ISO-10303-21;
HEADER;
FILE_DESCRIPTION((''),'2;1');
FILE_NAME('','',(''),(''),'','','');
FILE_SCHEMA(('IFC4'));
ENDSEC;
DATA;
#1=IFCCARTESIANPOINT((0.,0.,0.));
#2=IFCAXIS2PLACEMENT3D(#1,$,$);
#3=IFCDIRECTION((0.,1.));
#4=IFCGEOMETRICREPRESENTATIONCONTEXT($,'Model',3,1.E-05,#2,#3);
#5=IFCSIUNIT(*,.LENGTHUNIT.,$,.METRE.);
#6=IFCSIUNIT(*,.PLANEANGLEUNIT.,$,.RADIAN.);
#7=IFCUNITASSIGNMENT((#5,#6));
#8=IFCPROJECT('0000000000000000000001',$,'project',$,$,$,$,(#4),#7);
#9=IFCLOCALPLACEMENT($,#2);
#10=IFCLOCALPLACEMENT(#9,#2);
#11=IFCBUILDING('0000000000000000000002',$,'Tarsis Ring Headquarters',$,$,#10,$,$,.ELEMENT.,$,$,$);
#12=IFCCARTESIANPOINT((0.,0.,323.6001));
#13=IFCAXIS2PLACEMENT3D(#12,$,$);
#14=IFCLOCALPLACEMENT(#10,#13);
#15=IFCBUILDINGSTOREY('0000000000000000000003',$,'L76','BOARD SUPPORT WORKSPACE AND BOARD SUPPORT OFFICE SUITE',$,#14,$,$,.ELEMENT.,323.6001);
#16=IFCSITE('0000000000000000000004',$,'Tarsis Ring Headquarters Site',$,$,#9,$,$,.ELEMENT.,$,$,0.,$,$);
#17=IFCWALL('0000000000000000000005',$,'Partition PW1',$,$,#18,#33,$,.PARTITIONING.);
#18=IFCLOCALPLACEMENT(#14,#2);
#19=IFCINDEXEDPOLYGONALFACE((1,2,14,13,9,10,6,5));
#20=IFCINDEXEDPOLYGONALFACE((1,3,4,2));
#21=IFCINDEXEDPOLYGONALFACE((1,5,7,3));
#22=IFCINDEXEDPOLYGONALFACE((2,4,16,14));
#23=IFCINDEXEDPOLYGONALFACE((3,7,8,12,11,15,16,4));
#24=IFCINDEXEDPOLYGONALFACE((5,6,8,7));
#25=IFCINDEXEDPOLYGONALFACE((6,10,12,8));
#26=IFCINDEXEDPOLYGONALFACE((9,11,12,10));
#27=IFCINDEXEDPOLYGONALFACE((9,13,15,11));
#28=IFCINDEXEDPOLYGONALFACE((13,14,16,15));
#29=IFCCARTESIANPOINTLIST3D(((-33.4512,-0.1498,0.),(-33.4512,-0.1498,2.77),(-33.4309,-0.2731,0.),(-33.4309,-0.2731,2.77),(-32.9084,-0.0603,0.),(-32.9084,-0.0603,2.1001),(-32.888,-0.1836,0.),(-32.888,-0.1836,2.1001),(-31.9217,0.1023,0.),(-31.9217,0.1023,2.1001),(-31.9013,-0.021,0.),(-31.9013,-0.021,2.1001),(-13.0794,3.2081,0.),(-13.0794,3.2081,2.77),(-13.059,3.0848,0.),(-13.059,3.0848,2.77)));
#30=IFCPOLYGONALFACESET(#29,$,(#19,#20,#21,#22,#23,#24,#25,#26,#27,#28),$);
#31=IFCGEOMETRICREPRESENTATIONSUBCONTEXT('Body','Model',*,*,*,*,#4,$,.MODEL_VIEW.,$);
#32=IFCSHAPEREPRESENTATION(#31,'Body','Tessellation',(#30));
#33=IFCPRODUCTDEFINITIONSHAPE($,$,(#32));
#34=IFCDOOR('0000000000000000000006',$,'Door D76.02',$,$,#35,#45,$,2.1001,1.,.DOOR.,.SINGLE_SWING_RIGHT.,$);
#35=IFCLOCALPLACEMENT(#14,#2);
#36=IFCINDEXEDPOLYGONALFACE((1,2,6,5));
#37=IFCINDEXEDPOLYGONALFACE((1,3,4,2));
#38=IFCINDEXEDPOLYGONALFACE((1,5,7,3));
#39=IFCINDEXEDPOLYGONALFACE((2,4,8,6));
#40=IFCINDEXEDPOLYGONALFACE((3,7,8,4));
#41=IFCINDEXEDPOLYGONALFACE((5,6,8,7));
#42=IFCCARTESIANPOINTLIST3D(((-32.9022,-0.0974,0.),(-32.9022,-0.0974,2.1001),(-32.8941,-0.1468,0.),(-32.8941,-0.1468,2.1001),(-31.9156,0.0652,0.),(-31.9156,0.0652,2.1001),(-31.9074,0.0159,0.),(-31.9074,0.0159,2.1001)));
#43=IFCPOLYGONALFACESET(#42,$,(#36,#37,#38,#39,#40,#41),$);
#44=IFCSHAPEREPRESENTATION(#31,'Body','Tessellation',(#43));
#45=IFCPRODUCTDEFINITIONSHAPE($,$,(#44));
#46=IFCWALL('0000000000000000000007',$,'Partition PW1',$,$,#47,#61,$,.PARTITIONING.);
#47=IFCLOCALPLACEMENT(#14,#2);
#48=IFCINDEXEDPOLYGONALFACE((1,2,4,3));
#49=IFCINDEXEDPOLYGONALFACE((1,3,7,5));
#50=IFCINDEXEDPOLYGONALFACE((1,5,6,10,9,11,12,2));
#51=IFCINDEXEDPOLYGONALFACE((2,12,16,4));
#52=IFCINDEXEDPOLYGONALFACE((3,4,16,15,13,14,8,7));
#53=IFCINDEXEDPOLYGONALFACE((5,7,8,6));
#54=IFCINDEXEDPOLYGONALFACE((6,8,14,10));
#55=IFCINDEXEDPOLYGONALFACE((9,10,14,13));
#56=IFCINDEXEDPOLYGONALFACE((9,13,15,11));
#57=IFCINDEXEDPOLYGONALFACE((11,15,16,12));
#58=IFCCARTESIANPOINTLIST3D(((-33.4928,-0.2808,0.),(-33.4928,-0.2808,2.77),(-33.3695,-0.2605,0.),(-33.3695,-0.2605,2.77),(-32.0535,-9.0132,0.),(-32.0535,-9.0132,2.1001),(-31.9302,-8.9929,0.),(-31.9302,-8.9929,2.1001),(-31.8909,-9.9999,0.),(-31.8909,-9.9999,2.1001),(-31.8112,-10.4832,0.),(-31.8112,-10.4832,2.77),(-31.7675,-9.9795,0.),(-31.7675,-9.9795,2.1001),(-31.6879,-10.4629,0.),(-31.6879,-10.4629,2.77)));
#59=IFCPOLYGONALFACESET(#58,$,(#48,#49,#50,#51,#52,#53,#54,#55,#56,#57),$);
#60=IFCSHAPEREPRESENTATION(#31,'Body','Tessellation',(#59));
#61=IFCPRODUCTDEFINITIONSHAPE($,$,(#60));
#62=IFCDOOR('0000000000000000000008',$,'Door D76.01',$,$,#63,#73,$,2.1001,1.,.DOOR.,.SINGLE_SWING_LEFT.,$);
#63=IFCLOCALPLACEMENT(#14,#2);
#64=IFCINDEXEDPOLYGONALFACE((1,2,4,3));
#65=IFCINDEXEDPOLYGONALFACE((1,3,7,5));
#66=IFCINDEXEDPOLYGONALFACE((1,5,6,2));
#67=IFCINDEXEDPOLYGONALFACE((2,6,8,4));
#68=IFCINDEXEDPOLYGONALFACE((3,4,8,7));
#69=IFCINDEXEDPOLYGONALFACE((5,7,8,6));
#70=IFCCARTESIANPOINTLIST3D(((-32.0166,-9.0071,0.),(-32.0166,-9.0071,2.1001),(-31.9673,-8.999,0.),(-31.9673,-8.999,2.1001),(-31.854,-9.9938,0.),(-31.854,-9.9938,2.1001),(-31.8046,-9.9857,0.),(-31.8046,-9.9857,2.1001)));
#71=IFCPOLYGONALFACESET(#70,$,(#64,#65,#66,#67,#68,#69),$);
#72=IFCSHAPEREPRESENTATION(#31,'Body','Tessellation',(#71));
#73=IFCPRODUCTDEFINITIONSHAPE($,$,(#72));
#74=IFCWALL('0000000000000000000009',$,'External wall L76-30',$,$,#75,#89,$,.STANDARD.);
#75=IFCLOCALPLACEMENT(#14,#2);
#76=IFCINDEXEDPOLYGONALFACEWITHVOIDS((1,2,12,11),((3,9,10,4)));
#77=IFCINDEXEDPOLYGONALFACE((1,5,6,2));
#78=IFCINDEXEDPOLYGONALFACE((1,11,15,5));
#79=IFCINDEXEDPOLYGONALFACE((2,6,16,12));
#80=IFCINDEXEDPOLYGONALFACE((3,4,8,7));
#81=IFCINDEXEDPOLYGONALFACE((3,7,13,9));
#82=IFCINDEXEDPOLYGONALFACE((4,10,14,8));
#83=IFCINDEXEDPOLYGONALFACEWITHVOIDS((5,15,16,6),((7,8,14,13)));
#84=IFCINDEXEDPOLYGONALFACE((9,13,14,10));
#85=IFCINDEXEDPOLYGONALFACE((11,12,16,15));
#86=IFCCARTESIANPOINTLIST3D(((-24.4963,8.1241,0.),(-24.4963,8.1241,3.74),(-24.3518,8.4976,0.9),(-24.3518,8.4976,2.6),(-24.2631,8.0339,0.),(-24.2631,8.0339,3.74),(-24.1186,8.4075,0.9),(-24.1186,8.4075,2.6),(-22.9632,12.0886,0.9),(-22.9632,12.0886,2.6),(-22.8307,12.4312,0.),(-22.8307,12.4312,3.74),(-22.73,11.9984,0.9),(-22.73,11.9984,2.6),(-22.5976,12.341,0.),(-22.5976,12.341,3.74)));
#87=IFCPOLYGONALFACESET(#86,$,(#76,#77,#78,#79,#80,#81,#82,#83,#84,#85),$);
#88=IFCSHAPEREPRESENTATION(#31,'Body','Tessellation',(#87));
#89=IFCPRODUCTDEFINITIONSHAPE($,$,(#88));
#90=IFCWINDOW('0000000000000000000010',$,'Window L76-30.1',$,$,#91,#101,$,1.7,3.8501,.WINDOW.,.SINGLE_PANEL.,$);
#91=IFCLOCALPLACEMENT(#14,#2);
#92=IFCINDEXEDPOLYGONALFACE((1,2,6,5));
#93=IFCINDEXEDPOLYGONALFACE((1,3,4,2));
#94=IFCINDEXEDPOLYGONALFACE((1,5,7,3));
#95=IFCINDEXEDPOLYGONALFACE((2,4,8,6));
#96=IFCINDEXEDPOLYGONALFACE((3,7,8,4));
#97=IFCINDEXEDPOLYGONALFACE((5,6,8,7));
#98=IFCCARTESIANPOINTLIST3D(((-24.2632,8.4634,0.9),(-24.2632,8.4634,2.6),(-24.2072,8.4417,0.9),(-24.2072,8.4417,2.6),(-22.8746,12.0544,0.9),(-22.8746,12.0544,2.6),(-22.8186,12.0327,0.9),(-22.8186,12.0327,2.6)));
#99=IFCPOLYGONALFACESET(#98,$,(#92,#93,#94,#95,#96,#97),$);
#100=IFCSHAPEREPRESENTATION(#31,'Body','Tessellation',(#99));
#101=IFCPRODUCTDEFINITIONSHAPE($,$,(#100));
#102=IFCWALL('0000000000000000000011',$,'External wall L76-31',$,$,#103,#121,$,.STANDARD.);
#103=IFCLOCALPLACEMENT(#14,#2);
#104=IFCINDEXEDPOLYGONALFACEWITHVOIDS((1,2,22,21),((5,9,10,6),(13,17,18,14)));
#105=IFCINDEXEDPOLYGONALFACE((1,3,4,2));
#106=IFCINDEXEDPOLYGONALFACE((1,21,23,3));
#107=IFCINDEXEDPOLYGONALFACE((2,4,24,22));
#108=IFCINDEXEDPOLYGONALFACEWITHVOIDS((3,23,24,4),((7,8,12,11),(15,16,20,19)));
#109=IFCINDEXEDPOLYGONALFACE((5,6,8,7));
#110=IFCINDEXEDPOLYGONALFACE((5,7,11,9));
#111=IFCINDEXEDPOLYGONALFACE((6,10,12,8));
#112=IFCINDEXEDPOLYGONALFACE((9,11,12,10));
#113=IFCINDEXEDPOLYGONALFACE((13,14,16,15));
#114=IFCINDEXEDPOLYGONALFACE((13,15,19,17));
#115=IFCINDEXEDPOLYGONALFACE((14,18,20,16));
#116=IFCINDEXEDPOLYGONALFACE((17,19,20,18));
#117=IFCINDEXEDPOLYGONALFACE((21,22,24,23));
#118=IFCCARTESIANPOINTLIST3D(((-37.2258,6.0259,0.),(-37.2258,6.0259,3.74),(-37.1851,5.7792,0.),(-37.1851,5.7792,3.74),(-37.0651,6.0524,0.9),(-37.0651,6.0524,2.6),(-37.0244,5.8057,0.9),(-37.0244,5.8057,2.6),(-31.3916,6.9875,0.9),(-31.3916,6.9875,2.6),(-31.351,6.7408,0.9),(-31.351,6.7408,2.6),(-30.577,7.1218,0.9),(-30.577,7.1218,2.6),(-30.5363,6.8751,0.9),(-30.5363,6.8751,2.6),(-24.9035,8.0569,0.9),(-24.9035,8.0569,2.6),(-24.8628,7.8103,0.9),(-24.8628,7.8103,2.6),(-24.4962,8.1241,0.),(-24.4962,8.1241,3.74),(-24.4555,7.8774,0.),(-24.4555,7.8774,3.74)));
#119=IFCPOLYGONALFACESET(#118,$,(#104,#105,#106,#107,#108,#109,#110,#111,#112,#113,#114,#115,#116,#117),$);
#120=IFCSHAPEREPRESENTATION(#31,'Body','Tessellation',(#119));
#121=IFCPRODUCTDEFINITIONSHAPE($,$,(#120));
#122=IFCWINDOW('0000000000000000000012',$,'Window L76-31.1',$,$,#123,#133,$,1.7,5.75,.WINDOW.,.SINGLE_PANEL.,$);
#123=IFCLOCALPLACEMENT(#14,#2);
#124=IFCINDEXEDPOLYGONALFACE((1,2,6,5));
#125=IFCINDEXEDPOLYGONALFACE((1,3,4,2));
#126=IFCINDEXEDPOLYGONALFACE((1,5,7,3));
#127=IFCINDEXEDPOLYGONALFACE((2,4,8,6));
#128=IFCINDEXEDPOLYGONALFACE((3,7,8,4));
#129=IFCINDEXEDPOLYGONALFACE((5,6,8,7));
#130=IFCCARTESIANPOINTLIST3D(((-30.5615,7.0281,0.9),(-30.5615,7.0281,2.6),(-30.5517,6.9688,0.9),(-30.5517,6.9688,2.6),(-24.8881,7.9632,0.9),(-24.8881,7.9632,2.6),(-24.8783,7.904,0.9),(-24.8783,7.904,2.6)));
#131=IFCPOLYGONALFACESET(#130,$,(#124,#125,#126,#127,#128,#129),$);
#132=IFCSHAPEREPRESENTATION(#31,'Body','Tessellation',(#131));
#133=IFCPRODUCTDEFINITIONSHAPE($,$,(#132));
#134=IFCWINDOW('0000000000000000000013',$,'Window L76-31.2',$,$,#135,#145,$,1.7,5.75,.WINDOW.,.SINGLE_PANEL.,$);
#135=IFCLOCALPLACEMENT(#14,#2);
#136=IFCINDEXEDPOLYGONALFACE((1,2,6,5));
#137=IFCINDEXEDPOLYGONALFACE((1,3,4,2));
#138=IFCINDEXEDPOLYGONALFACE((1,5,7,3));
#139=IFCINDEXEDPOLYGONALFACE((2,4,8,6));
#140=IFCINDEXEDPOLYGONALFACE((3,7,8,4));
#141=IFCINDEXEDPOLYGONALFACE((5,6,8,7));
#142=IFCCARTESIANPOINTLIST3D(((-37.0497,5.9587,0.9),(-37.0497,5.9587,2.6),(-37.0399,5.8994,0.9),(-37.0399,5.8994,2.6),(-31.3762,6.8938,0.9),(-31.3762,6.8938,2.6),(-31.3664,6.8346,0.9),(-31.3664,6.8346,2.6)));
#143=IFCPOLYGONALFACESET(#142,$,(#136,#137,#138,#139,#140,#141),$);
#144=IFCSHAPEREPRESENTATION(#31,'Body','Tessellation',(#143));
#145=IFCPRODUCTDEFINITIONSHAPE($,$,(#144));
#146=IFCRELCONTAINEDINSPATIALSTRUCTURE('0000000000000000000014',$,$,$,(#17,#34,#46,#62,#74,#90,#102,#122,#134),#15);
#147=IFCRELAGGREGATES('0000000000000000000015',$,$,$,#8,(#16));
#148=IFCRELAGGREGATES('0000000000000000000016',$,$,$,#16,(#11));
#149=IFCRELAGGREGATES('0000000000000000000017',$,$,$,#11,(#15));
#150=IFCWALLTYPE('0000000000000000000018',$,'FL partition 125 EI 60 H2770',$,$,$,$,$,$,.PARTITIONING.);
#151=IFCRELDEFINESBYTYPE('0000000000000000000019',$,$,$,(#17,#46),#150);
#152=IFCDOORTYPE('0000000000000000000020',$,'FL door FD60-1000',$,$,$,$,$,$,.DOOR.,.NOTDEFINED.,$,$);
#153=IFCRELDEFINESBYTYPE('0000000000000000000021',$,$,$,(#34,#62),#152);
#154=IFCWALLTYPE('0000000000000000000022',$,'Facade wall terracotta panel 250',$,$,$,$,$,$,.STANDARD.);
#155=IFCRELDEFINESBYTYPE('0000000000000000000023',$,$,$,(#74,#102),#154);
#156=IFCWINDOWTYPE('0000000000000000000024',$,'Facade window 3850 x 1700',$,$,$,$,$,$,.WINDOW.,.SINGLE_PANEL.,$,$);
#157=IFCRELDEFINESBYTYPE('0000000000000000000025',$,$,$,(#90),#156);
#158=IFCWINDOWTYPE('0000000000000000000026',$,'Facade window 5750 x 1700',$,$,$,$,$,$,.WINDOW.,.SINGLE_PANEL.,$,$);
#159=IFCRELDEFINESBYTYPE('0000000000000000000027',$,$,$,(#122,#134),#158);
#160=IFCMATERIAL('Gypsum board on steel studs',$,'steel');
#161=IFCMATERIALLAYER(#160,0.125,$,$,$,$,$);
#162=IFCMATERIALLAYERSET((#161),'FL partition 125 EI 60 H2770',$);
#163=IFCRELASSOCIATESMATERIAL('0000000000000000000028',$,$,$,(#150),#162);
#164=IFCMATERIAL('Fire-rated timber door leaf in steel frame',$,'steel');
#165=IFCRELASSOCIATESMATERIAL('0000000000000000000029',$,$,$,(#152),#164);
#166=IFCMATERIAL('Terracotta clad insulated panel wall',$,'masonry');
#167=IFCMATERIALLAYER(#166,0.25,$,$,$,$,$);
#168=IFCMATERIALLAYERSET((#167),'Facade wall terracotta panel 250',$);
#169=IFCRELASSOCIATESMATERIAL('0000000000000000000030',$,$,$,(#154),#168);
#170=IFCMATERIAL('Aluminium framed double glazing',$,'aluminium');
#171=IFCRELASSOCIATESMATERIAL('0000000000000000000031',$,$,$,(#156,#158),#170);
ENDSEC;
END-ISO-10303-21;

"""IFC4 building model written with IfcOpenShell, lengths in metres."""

from ifc_helpers import new_model, si_unit, direction, frame, frame_2d, origin, place, context, subcontext, project, spatial, rectangle, extrude, material, layer, layer_set, type_object, element, fill, save


model = new_model("IFC4")

# Units and contexts
model_context = context("Model", 3, precision=1e-05, world=origin(), true_north=direction((0.0, 1.0)))
body_context = subcontext(model_context, "Body", "Model", "MODEL_VIEW")
ifc_project = project(units=[si_unit("LENGTHUNIT", "METRE"), si_unit("PLANEANGLEUNIT", "RADIAN")], contexts=[model_context])

# Site, building, storey
site_placement = place(None, origin())
site = spatial("IfcSite", under=ifc_project, at=site_placement, Name="Tarsis Ring Headquarters Site", CompositionType="ELEMENT", RefElevation=0.0)
building_placement = place(site_placement, origin())
building = spatial("IfcBuilding", under=site, at=building_placement, Name="Tarsis Ring Headquarters", CompositionType="ELEMENT")
storey_placement = place(building_placement, frame((0.0, 0.0, 323.6001)))
storey = spatial("IfcBuildingStorey", under=building, at=storey_placement, Name="L76", Description="BOARD SUPPORT WORKSPACE AND BOARD SUPPORT OFFICE SUITE", CompositionType="ELEMENT", Elevation=323.6001)

# Shared definitions
ifc_material_1 = material(Name="Gypsum board on steel studs", Category="steel")

# Walls, openings, doors
ifc_layer_1 = layer(ifc_material_1, 0.125)
ifc_layer_set_1 = layer_set([ifc_layer_1], Name="FL partition 125 EI 60 H2770")
wall_type_1 = type_object("IfcWallType", Name="FL partition 125 EI 60 H2770", PredefinedType="PARTITIONING", material=ifc_layer_set_1)
wall_1_placement = place(storey_placement, frame((-33.4409, -0.2114, 0.0), z_axis=(0.0, 0.0, 1.0), x_axis=(0.986686, 0.162637, 0.0)))
wall_1 = element("IfcWall", 1, at=wall_1_placement, inside=storey, type_object=wall_type_1, Name="Partition PW1", PredefinedType="PARTITIONING", context=body_context, shape_type="SweptSolid", body=[
    extrude(rectangle(XDim=20.6467, YDim=0.125, at=frame_2d((10.3232, 0.0))), origin(), (0.0, 0.0, 1.0), 2.77),
])
opening_1_placement = place(wall_1_placement, frame((0.55, 0.0, 0.0)))
opening_1 = element("IfcOpeningElement", 2, at=opening_1_placement, cuts=wall_1, PredefinedType="OPENING", context=body_context, shape_type="SweptSolid", body=[
    extrude(rectangle(XDim=1.0, YDim=2.1001, at=frame_2d((0.5, 1.05))), frame((0.0, 0.0725, 0.0), z_axis=(0.0, -1.0, 0.0), x_axis=(1.0, 0.0, 0.0)), (0.0, 0.0, 1.0), 0.145),
])
ifc_material_2 = material(Name="Fire-rated timber door leaf in steel frame", Category="steel")
door_type = type_object("IfcDoorType", Name="FL door FD60-1000", OperationType="NOTDEFINED", PredefinedType="DOOR", material=ifc_material_2)
door_1_placement = place(opening_1_placement, origin())
door_1 = element("IfcDoor", 3, at=door_1_placement, inside=storey, type_object=door_type, Name="Door D76.02", OperationType="SINGLE_SWING_RIGHT", OverallHeight=2.1001, OverallWidth=1.0, PredefinedType="DOOR", context=body_context, shape_type="SweptSolid", body=[
    extrude(rectangle(XDim=1.0, YDim=2.1001, at=frame_2d((0.5, 1.05))), frame((0.0, 0.0249, 0.0), z_axis=(0.0, -1.0, 0.0), x_axis=(1.0, 0.0, 0.0)), (0.0, 0.0, 1.0), 0.05),
])
fill(opening_1, door_1)
wall_2_placement = place(storey_placement, frame((-33.4312, -0.2708, 0.0), z_axis=(0.0, 0.0, 1.0), x_axis=(0.162634, -0.986687, 0.0)))
wall_2 = element("IfcWall", 4, at=wall_2_placement, inside=storey, type_object=wall_type_1, Name="Partition PW1", PredefinedType="PARTITIONING", context=body_context, shape_type="SweptSolid", body=[
    extrude(rectangle(XDim=10.3401, YDim=0.125, at=frame_2d((5.1699, 0.0))), origin(), (0.0, 0.0, 1.0), 2.77),
])
opening_2_placement = place(wall_2_placement, frame((8.8501, 0.0, 0.0)))
opening_2 = element("IfcOpeningElement", 5, at=opening_2_placement, cuts=wall_2, PredefinedType="OPENING", context=body_context, shape_type="SweptSolid", body=[
    extrude(rectangle(XDim=1.0, YDim=2.1001, at=frame_2d((0.5, 1.05))), frame((0.0, 0.0725, 0.0), z_axis=(0.0, -1.0, 0.0), x_axis=(1.0, 0.0, 0.0)), (0.0, 0.0, 1.0), 0.145),
])
door_2_placement = place(opening_2_placement, origin())
door_2 = element("IfcDoor", 6, at=door_2_placement, inside=storey, type_object=door_type, Name="Door D76.01", OperationType="SINGLE_SWING_LEFT", OverallHeight=2.1001, OverallWidth=1.0, PredefinedType="DOOR", context=body_context, shape_type="SweptSolid", body=[
    extrude(rectangle(XDim=1.0, YDim=2.1001, at=frame_2d((0.5, 1.05))), frame((0.0, 0.0249, 0.0), z_axis=(0.0, -1.0, 0.0), x_axis=(1.0, 0.0, 0.0)), (0.0, 0.0, 1.0), 0.05),
])
fill(opening_2, door_2)

# Wall, opening, window
ifc_material_3 = material(Name="Terracotta clad insulated panel wall", Category="masonry")
ifc_layer_2 = layer(ifc_material_3, 0.25)
ifc_layer_set_2 = layer_set([ifc_layer_2], Name="Facade wall terracotta panel 250")
wall_type_2 = type_object("IfcWallType", Name="Facade wall terracotta panel 250", PredefinedType="STANDARD", material=ifc_layer_set_2)
wall_3_placement = place(storey_placement, frame((-22.7141, 12.3862, 0.0), z_axis=(0.0, 0.0, 1.0), x_axis=(-0.360665, -0.932695, 0.0)))
wall_3 = element("IfcWall", 7, at=wall_3_placement, inside=storey, type_object=wall_type_2, Name="External wall L76-30", PredefinedType="STANDARD", context=body_context, shape_type="SweptSolid", body=[
    extrude(rectangle(XDim=4.6179, YDim=0.25, at=frame_2d((2.3091, 0.0))), origin(), (0.0, 0.0, 1.0), 3.74),
])
opening_3_placement = place(wall_3_placement, frame((0.3674, 0.0, 0.8999)))
opening_3 = element("IfcOpeningElement", 8, at=opening_3_placement, cuts=wall_3, PredefinedType="OPENING", context=body_context, shape_type="SweptSolid", body=[
    extrude(rectangle(XDim=3.8501, YDim=1.7, at=frame_2d((1.925, 0.8501))), frame((0.0, 0.135, 0.0), z_axis=(0.0, -1.0, 0.0), x_axis=(1.0, 0.0, 0.0)), (0.0, 0.0, 1.0), 0.27),
])
ifc_material_4 = material(Name="Aluminium framed double glazing", Category="aluminium")
window_type_1 = type_object("IfcWindowType", Name="Facade window 3850 x 1700", PartitioningType="SINGLE_PANEL", PredefinedType="WINDOW", material=ifc_material_4)
window_1_placement = place(opening_3_placement, origin())
window_1 = element("IfcWindow", 9, at=window_1_placement, inside=storey, type_object=window_type_1, Name="Window L76-30.1", OverallHeight=1.7, OverallWidth=3.8501, PartitioningType="SINGLE_PANEL", PredefinedType="WINDOW", context=body_context, shape_type="SweptSolid", body=[
    extrude(rectangle(XDim=3.8501, YDim=1.7, at=frame_2d((1.925, 0.8501))), frame((0.0, 0.03, 0.0), z_axis=(0.0, -1.0, 0.0), x_axis=(1.0, 0.0, 0.0)), (0.0, 0.0, 1.0), 0.0601),
])
fill(opening_3, window_1)

# Wall, openings, windows
wall_4_placement = place(storey_placement, frame((-24.4758, 8.0007, 0.0), z_axis=(0.0, 0.0, 1.0), x_axis=(-0.986687, -0.162631, 0.0)))
wall_4 = element("IfcWall", 10, at=wall_4_placement, inside=storey, type_object=wall_type_2, Name="External wall L76-31", PredefinedType="STANDARD", context=body_context, shape_type="SweptSolid", body=[
    extrude(rectangle(XDim=12.9014, YDim=0.25, at=frame_2d((6.4507, 0.0))), origin(), (0.0, 0.0, 1.0), 3.74),
])
opening_4_placement = place(wall_4_placement, frame((0.4128, 0.0, 0.8999)))
opening_4 = element("IfcOpeningElement", 11, at=opening_4_placement, cuts=wall_4, PredefinedType="OPENING", context=body_context, shape_type="SweptSolid", body=[
    extrude(rectangle(XDim=5.75, YDim=1.7, at=frame_2d((2.875, 0.8501))), frame((0.0, 0.135, 0.0), z_axis=(0.0, -1.0, 0.0), x_axis=(1.0, 0.0, 0.0)), (0.0, 0.0, 1.0), 0.27),
])
opening_5_placement = place(wall_4_placement, frame((6.9885, 0.0, 0.8999)))
opening_5 = element("IfcOpeningElement", 12, at=opening_5_placement, cuts=wall_4, PredefinedType="OPENING", context=body_context, shape_type="SweptSolid", body=[
    extrude(rectangle(XDim=5.75, YDim=1.7, at=frame_2d((2.875, 0.8501))), frame((0.0, 0.135, 0.0), z_axis=(0.0, -1.0, 0.0), x_axis=(1.0, 0.0, 0.0)), (0.0, 0.0, 1.0), 0.27),
])
window_type_2 = type_object("IfcWindowType", Name="Facade window 5750 x 1700", PartitioningType="SINGLE_PANEL", PredefinedType="WINDOW", material=ifc_material_4)
window_2_placement = place(opening_4_placement, origin())
window_2 = element("IfcWindow", 13, at=window_2_placement, inside=storey, type_object=window_type_2, Name="Window L76-31.1", OverallHeight=1.7, OverallWidth=5.75, PartitioningType="SINGLE_PANEL", PredefinedType="WINDOW", context=body_context, shape_type="SweptSolid", body=[
    extrude(rectangle(XDim=5.75, YDim=1.7, at=frame_2d((2.875, 0.8501))), frame((0.0, 0.03, 0.0), z_axis=(0.0, -1.0, 0.0), x_axis=(1.0, 0.0, 0.0)), (0.0, 0.0, 1.0), 0.0601),
])
fill(opening_4, window_2)
window_3_placement = place(opening_5_placement, origin())
window_3 = element("IfcWindow", 14, at=window_3_placement, inside=storey, type_object=window_type_2, Name="Window L76-31.2", OverallHeight=1.7, OverallWidth=5.75, PartitioningType="SINGLE_PANEL", PredefinedType="WINDOW", context=body_context, shape_type="SweptSolid", body=[
    extrude(rectangle(XDim=5.75, YDim=1.7, at=frame_2d((2.875, 0.8501))), frame((0.0, 0.03, 0.0), z_axis=(0.0, -1.0, 0.0), x_axis=(1.0, 0.0, 0.0)), (0.0, 0.0, 1.0), 0.0601),
])
fill(opening_5, window_3)

save(model, "model.ifc")
